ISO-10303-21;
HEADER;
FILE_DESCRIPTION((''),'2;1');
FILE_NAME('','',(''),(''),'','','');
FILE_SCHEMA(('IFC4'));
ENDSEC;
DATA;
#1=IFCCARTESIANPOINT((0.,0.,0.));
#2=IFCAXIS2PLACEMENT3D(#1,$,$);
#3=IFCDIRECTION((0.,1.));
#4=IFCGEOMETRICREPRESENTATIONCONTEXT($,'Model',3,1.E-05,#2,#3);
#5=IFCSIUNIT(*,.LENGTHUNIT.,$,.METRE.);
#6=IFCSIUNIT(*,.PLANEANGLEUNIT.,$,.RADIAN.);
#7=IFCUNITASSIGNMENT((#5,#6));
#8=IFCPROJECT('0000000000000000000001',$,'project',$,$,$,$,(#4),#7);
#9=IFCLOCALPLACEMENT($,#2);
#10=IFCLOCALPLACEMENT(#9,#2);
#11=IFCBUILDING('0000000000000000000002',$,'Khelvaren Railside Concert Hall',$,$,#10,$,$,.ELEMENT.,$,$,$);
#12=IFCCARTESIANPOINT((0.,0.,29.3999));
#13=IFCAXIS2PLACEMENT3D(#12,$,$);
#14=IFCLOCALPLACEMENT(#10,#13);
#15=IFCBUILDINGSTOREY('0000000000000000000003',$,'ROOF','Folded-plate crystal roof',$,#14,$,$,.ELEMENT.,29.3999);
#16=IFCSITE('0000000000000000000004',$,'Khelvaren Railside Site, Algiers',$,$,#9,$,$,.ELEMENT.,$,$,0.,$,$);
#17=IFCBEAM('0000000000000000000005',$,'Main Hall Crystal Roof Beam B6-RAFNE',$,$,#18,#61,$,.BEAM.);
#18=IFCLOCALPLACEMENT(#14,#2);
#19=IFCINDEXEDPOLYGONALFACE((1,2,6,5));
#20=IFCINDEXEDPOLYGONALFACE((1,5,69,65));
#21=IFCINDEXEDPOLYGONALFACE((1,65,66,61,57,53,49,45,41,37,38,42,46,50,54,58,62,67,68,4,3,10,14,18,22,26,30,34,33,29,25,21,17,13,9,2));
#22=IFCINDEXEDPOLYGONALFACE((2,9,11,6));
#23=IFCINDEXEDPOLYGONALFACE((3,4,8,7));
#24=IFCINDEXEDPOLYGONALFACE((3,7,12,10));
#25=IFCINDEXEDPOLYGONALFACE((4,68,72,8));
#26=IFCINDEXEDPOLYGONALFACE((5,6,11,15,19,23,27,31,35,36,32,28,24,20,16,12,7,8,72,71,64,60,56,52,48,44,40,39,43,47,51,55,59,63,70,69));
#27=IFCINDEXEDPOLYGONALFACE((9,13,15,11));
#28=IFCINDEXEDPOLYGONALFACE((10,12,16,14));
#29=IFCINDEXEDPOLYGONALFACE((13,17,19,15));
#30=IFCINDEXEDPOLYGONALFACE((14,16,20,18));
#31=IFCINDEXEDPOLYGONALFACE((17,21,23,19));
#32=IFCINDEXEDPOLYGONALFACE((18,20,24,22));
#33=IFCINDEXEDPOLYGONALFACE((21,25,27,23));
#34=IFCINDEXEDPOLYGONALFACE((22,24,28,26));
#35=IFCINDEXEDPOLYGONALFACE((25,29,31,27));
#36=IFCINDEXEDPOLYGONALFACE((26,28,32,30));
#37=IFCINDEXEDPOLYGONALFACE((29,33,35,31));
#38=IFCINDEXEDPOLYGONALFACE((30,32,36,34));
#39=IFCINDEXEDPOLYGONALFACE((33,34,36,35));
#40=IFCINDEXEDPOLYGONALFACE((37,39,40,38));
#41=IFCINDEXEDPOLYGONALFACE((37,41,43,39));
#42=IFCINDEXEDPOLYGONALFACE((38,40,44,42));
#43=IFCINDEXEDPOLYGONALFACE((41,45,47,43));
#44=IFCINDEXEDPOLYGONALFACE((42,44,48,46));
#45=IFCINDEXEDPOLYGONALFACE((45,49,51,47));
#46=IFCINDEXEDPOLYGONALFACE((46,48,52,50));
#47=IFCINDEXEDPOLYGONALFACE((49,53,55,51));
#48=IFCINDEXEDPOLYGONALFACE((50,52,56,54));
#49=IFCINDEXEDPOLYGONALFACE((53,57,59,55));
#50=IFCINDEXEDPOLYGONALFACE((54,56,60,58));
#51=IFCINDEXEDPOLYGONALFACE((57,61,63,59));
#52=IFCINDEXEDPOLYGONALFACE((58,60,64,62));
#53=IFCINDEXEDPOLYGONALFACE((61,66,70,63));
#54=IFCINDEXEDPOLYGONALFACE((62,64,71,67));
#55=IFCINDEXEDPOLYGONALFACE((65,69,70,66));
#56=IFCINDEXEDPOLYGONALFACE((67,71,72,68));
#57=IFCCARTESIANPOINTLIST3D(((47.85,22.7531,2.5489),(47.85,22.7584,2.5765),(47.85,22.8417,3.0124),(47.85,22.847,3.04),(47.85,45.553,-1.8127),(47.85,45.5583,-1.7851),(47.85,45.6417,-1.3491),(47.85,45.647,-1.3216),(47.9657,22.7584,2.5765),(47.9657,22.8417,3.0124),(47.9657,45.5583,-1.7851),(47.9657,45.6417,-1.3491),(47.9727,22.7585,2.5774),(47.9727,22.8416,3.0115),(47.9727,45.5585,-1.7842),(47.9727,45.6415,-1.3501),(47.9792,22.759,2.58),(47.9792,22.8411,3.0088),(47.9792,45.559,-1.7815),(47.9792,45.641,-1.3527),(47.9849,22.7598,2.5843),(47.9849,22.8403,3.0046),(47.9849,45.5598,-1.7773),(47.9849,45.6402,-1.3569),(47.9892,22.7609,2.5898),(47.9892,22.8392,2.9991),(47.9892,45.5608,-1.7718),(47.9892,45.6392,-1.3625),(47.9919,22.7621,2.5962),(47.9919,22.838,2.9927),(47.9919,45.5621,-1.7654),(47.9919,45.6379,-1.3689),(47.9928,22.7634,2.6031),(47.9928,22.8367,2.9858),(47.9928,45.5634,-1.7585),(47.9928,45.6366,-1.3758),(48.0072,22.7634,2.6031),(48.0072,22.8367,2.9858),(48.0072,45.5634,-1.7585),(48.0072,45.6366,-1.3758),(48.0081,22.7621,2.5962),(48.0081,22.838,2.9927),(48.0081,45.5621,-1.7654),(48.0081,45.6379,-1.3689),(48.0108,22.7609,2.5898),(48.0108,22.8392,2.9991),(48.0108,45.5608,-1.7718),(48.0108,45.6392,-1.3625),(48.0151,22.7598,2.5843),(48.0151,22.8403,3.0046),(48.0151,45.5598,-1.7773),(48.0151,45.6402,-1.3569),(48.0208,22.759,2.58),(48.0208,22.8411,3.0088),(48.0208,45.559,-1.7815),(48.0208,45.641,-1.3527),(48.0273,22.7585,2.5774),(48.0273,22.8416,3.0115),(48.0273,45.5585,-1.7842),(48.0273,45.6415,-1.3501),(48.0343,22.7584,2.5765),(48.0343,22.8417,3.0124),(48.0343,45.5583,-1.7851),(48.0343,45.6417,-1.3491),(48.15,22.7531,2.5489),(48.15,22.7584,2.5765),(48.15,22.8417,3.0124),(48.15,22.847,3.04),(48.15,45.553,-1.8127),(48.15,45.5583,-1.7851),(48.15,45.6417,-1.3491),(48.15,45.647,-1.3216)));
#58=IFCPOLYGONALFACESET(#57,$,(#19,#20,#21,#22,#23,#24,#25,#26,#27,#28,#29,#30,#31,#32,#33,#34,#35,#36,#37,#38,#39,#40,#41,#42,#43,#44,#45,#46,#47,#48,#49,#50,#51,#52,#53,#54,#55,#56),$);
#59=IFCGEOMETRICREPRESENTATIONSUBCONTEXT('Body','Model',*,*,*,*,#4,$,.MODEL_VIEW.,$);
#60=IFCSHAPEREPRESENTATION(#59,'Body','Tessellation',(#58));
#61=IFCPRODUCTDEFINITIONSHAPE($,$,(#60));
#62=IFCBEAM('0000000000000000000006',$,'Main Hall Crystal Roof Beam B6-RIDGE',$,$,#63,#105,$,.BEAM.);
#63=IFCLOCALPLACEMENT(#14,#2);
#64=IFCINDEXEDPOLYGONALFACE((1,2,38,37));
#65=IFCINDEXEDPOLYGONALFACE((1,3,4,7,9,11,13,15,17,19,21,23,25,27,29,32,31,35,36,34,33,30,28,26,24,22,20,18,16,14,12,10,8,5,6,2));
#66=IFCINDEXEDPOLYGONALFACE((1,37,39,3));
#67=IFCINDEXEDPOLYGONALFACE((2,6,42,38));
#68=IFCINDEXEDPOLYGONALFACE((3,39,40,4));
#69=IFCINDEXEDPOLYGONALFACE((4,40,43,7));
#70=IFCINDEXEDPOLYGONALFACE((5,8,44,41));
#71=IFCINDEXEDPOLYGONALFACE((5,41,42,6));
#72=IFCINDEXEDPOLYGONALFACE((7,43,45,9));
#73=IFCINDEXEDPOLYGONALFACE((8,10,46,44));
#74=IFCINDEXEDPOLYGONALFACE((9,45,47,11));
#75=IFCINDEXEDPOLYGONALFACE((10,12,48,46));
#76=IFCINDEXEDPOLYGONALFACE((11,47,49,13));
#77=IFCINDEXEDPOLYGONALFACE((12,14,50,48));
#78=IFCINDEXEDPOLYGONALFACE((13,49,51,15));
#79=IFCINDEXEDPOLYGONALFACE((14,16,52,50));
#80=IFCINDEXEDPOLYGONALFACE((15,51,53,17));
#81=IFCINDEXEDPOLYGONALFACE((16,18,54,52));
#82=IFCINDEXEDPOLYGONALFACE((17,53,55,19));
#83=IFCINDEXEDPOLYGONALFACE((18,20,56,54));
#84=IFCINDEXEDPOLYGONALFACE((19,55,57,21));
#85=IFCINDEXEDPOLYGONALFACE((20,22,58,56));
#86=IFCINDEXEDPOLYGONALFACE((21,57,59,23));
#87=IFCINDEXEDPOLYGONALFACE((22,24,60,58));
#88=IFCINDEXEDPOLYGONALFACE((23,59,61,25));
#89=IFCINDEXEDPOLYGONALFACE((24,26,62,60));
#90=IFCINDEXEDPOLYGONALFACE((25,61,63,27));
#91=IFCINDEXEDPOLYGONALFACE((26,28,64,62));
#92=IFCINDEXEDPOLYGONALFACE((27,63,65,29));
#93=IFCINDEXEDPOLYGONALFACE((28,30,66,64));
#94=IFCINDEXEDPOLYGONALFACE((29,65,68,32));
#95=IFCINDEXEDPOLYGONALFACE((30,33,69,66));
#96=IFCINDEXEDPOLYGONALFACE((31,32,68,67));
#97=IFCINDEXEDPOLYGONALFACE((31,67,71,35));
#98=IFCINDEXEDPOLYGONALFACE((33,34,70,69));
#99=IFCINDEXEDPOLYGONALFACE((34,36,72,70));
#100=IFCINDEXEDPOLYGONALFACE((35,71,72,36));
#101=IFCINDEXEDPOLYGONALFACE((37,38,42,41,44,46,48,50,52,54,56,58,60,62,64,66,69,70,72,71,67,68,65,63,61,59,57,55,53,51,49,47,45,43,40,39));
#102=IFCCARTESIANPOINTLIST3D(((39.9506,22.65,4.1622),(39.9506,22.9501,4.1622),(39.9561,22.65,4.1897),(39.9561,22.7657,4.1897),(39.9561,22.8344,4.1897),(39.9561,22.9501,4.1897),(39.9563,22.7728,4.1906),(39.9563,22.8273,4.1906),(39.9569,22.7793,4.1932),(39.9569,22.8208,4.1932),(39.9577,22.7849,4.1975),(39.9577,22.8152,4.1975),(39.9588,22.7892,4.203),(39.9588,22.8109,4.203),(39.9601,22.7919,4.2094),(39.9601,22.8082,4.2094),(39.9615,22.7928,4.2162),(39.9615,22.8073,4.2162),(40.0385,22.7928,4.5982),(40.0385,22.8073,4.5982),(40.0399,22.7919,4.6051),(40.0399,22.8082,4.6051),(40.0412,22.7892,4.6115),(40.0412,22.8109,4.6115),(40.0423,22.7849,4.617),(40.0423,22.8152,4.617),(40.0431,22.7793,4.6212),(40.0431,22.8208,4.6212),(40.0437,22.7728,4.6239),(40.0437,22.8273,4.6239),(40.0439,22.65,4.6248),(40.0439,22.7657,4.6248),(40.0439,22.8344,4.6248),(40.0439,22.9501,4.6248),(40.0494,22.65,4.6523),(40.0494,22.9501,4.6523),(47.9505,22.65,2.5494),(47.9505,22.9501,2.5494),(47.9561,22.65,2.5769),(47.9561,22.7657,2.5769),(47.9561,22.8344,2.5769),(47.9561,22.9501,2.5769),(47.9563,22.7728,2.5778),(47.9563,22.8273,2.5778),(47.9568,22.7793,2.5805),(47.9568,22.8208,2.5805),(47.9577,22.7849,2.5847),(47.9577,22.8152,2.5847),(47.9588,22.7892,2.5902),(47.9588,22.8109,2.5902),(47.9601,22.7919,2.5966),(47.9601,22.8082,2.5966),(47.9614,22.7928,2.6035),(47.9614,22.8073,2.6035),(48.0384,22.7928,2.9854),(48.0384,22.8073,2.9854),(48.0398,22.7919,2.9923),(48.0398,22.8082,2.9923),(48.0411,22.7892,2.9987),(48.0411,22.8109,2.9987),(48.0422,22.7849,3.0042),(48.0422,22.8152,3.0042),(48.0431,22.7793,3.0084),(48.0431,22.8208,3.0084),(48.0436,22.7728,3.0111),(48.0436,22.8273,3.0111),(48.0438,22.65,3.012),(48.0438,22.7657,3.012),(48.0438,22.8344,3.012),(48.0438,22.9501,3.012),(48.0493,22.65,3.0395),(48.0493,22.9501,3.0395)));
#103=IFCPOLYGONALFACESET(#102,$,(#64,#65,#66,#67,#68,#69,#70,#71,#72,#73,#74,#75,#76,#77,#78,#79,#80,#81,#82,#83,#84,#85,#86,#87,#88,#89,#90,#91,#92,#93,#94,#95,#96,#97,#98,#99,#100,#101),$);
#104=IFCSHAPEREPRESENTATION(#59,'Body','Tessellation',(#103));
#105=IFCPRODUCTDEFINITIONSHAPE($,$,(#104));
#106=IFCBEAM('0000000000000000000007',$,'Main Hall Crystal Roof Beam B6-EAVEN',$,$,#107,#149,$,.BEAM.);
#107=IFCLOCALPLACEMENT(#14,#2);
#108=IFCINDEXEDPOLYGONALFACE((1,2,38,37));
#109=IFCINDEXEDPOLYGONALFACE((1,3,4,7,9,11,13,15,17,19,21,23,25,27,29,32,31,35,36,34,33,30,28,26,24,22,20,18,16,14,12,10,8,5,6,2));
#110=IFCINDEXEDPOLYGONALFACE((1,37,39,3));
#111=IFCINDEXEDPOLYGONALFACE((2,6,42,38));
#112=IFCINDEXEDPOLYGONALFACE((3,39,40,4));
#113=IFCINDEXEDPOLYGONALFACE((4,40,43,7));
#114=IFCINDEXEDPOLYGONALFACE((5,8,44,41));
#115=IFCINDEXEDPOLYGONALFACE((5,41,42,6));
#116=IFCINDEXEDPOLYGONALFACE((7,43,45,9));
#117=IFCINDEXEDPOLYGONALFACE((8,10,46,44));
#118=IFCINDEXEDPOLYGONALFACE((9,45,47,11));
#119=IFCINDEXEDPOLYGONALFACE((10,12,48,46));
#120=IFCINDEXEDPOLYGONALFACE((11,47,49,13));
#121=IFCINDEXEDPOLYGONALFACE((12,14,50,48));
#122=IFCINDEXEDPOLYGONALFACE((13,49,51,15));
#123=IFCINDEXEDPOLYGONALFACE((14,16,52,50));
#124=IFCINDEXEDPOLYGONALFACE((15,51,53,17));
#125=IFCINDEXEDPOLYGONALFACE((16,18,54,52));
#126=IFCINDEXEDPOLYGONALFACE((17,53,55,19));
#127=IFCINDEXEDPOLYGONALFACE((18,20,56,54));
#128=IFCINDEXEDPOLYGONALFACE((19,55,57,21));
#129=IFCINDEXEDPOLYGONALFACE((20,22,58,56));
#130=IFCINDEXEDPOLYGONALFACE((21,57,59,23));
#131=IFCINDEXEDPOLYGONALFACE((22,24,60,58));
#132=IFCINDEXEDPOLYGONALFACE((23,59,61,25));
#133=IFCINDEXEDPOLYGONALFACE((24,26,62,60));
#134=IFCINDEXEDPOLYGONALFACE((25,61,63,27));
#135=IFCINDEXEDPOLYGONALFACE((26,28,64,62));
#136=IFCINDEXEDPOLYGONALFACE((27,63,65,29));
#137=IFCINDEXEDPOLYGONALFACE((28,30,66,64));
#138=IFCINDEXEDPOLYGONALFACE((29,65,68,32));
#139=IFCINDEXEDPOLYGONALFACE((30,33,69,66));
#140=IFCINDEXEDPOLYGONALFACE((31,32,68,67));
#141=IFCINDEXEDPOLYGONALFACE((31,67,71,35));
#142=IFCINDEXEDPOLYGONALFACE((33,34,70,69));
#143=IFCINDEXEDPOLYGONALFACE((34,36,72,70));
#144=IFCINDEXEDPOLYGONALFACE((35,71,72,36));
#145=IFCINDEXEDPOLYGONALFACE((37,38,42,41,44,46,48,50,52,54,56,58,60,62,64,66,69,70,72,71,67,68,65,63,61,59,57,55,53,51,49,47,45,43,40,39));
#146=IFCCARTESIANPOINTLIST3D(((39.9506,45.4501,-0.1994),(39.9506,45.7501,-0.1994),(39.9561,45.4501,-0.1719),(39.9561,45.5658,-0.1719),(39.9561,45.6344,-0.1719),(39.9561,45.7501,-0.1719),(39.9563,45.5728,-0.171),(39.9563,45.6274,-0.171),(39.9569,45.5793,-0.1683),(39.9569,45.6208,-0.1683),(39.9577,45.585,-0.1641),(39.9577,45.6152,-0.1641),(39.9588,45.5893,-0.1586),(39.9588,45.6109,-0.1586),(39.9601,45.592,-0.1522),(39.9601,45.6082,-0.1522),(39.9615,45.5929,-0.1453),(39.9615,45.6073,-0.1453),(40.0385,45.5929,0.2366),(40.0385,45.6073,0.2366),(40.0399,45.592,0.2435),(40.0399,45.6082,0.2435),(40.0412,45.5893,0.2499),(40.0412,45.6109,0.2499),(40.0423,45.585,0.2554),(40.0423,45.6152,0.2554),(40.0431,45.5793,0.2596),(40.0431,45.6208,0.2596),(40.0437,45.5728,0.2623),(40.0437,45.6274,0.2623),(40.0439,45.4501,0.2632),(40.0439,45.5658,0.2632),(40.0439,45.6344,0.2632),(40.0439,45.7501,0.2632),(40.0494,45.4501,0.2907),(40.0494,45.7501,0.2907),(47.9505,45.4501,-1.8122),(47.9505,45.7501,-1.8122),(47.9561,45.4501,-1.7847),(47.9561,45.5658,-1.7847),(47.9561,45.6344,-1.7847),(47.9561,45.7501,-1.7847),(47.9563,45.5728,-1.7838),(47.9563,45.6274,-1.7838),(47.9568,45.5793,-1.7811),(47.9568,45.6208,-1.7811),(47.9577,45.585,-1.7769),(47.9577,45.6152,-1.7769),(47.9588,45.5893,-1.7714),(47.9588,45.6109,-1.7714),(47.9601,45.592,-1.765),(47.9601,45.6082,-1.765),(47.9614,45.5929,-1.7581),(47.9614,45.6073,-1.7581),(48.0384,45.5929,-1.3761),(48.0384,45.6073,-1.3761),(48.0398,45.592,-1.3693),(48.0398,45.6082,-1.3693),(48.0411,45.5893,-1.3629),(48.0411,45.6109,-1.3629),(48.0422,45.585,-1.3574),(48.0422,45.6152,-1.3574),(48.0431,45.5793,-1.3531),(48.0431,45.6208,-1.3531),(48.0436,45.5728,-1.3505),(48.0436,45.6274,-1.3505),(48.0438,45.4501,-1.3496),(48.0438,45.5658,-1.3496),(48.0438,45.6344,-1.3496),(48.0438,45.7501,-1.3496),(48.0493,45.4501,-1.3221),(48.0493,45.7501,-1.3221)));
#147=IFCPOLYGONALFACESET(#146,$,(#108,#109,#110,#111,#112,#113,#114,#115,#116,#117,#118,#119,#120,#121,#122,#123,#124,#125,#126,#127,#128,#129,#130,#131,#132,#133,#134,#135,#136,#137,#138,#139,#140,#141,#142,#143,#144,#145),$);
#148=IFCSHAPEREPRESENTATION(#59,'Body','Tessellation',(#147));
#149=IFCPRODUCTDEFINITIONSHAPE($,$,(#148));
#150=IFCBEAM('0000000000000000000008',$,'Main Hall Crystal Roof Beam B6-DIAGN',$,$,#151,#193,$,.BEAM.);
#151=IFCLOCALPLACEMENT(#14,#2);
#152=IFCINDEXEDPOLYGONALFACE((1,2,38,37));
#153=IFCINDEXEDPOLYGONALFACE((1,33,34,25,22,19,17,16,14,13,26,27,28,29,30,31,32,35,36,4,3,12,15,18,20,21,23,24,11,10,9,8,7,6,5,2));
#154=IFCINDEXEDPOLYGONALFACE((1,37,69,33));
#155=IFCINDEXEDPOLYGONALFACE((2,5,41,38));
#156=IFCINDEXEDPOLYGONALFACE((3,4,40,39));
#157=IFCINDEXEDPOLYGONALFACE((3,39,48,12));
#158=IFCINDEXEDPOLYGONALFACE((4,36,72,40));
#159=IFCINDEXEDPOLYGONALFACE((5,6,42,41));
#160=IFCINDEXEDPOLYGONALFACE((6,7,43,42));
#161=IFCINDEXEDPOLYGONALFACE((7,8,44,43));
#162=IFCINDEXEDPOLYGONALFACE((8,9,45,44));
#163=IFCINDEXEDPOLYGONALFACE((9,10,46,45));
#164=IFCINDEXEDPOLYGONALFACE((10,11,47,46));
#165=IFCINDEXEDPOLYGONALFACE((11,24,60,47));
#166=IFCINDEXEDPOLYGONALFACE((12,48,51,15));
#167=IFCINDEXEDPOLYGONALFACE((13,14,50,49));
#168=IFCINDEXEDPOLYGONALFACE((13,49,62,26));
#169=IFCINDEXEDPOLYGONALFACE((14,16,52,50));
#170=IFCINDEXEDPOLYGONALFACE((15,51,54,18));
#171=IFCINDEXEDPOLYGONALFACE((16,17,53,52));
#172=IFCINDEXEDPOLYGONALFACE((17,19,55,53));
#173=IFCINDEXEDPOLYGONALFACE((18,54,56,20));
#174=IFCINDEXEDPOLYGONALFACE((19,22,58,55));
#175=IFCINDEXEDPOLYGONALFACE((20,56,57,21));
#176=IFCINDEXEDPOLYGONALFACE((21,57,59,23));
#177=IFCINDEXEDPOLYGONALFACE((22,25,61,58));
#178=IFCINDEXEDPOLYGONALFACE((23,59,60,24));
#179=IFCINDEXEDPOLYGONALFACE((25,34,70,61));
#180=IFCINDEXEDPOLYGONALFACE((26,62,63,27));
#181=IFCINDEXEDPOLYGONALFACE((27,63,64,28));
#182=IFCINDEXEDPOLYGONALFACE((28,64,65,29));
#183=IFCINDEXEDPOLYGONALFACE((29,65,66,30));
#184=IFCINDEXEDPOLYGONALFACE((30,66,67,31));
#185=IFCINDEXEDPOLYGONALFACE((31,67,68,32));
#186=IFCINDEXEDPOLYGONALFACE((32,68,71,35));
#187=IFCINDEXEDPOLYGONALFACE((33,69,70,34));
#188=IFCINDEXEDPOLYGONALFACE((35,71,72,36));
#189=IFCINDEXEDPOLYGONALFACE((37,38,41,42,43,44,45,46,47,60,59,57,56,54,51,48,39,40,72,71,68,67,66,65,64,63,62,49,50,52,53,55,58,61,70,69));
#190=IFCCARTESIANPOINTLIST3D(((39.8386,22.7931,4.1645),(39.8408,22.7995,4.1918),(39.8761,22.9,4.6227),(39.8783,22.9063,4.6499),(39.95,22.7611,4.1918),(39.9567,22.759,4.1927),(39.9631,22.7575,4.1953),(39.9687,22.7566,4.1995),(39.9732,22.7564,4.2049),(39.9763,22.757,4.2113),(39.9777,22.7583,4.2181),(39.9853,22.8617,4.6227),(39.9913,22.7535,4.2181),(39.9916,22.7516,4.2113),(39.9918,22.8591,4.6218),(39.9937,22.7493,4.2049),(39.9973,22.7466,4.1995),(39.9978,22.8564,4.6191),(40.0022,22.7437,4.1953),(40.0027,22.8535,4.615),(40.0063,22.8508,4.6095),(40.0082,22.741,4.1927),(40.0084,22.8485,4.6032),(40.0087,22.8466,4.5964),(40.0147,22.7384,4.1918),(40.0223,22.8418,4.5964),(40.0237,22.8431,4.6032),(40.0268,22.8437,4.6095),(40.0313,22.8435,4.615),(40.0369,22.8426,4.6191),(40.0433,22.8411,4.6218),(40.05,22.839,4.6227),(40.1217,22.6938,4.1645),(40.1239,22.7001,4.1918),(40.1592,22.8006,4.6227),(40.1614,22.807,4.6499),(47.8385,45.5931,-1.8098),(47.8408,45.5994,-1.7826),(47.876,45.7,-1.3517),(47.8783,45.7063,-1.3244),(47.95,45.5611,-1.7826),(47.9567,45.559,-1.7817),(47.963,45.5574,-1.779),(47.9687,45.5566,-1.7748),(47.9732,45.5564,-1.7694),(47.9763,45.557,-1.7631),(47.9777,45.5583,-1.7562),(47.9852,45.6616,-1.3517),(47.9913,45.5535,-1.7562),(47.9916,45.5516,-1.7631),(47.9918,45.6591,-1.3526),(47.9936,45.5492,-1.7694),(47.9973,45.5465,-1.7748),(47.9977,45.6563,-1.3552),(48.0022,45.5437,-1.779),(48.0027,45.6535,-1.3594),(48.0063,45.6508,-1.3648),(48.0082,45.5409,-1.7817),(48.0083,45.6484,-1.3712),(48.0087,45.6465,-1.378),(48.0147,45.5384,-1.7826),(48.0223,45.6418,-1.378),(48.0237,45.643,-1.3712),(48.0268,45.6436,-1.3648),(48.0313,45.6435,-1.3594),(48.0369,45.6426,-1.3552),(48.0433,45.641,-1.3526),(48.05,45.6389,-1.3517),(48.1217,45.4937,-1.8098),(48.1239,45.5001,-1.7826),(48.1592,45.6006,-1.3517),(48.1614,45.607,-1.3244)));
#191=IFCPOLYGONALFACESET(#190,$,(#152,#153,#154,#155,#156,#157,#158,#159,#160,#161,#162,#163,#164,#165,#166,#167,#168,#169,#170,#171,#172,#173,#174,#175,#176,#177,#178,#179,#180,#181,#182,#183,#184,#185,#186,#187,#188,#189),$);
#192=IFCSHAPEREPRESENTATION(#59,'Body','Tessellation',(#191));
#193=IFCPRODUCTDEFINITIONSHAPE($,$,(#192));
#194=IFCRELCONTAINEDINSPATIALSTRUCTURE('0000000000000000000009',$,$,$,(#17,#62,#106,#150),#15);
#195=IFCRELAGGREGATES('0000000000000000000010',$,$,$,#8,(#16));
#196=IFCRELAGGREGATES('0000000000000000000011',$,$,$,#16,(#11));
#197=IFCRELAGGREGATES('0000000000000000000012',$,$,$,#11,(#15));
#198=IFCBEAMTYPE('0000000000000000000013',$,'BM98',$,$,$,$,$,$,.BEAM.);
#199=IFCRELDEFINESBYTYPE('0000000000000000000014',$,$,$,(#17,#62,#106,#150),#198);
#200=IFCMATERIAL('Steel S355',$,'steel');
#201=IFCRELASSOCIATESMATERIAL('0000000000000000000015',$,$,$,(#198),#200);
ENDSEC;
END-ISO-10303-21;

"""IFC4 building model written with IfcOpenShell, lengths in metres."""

from ifc_helpers import new_model, si_unit, direction, frame, origin, origin_2d, place, context, subcontext, project, spatial, i_section, extrude, material, material_profile, profile_set, type_object, element, save


model = new_model("IFC4")

# Units and contexts
model_context = context("Model", 3, precision=1e-05, world=origin(), true_north=direction((0.0, 1.0)))
body_context = subcontext(model_context, "Body", "Model", "MODEL_VIEW")
ifc_project = project(units=[si_unit("LENGTHUNIT", "METRE"), si_unit("PLANEANGLEUNIT", "RADIAN")], contexts=[model_context])

# Site, building, storey
site_placement = place(None, origin())
site = spatial("IfcSite", under=ifc_project, at=site_placement, Name="Khelvaren Railside Site, Algiers", CompositionType="ELEMENT", RefElevation=0.0)
building_placement = place(site_placement, origin())
building = spatial("IfcBuilding", under=site, at=building_placement, Name="Khelvaren Railside Concert Hall", CompositionType="ELEMENT")
storey_placement = place(building_placement, frame((0.0, 0.0, 29.3999)))
storey = spatial("IfcBuildingStorey", under=building, at=storey_placement, Name="ROOF", Description="Folded-plate crystal roof", CompositionType="ELEMENT", Elevation=29.3999)

# Beams
ifc_material_1 = material(Name="Steel S355", Category="steel")
ifc_material_profile_1 = material_profile(ifc_material_1, i_section(OverallWidth=0.3, OverallDepth=0.5, WebThickness=0.0144, FlangeThickness=0.0281, FilletRadius=0.0271, at=origin_2d()), Name="HEB 500")
ifc_profile_set_1 = profile_set([ifc_material_profile_1], Name="Steel S355")
beam_type = type_object("IfcBeamType", Name="BM98", PredefinedType="BEAM", material=ifc_profile_set_1)
beam_1_placement = place(storey_placement, frame((48.0, 22.8, 2.7944), z_axis=(0.0, 0.98219, -0.18789), x_axis=(-1.0, 0.0, 0.0)))
element("IfcBeam", 1, at=beam_1_placement, inside=storey, type_object=beam_type, Name="Main Hall Crystal Roof Beam B6-RAFNE", PredefinedType="BEAM", context=body_context, shape_type="SweptSolid", body=[
    extrude(i_section(OverallWidth=0.3, OverallDepth=0.5, WebThickness=0.0144, FlangeThickness=0.0281, FilletRadius=0.0271, at=origin_2d()), origin(), (0.0, 0.0, 1.0), 23.2134),
])
for number, where, z_axis, x_axis, name in (
    (2, (40.0, 22.8, 4.4072), (0.980278, 0.0, -0.197623), (0.0, 1.0, 0.0), "Main Hall Crystal Roof Beam B6-RIDGE"),
    (3, (40.0, 45.6001, 0.0457), (0.980278, 0.0, -0.197623), (0.0, 1.0, 0.0), "Main Hall Crystal Roof Beam B6-EAVEN"),
):
    element("IfcBeam", number, at=place(storey_placement, frame(where, z_axis=z_axis, x_axis=x_axis)), inside=storey, type_object=beam_type, Name=name, PredefinedType="BEAM", context=body_context, shape_type="SweptSolid", body=[
        extrude(i_section(OverallWidth=0.3, OverallDepth=0.5, WebThickness=0.0144, FlangeThickness=0.0281, FilletRadius=0.0271, at=origin_2d()), origin(), (0.0, 0.0, 1.0), 8.1609),
    ])
beam_2_placement = place(storey_placement, frame((40.0, 22.8, 4.4072), z_axis=(0.321408, 0.916015, -0.240026), x_axis=(-0.9436, 0.331087, 0.0)))
element("IfcBeam", 4, at=beam_2_placement, inside=storey, type_object=beam_type, Name="Main Hall Crystal Roof Beam B6-DIAGN", PredefinedType="BEAM", context=body_context, shape_type="SweptSolid", body=[
    extrude(i_section(OverallWidth=0.3, OverallDepth=0.5, WebThickness=0.0144, FlangeThickness=0.0281, FilletRadius=0.0271, at=origin_2d()), origin(), (0.0, 0.0, 1.0), 24.8904),
])

save(model, "model.ifc")
